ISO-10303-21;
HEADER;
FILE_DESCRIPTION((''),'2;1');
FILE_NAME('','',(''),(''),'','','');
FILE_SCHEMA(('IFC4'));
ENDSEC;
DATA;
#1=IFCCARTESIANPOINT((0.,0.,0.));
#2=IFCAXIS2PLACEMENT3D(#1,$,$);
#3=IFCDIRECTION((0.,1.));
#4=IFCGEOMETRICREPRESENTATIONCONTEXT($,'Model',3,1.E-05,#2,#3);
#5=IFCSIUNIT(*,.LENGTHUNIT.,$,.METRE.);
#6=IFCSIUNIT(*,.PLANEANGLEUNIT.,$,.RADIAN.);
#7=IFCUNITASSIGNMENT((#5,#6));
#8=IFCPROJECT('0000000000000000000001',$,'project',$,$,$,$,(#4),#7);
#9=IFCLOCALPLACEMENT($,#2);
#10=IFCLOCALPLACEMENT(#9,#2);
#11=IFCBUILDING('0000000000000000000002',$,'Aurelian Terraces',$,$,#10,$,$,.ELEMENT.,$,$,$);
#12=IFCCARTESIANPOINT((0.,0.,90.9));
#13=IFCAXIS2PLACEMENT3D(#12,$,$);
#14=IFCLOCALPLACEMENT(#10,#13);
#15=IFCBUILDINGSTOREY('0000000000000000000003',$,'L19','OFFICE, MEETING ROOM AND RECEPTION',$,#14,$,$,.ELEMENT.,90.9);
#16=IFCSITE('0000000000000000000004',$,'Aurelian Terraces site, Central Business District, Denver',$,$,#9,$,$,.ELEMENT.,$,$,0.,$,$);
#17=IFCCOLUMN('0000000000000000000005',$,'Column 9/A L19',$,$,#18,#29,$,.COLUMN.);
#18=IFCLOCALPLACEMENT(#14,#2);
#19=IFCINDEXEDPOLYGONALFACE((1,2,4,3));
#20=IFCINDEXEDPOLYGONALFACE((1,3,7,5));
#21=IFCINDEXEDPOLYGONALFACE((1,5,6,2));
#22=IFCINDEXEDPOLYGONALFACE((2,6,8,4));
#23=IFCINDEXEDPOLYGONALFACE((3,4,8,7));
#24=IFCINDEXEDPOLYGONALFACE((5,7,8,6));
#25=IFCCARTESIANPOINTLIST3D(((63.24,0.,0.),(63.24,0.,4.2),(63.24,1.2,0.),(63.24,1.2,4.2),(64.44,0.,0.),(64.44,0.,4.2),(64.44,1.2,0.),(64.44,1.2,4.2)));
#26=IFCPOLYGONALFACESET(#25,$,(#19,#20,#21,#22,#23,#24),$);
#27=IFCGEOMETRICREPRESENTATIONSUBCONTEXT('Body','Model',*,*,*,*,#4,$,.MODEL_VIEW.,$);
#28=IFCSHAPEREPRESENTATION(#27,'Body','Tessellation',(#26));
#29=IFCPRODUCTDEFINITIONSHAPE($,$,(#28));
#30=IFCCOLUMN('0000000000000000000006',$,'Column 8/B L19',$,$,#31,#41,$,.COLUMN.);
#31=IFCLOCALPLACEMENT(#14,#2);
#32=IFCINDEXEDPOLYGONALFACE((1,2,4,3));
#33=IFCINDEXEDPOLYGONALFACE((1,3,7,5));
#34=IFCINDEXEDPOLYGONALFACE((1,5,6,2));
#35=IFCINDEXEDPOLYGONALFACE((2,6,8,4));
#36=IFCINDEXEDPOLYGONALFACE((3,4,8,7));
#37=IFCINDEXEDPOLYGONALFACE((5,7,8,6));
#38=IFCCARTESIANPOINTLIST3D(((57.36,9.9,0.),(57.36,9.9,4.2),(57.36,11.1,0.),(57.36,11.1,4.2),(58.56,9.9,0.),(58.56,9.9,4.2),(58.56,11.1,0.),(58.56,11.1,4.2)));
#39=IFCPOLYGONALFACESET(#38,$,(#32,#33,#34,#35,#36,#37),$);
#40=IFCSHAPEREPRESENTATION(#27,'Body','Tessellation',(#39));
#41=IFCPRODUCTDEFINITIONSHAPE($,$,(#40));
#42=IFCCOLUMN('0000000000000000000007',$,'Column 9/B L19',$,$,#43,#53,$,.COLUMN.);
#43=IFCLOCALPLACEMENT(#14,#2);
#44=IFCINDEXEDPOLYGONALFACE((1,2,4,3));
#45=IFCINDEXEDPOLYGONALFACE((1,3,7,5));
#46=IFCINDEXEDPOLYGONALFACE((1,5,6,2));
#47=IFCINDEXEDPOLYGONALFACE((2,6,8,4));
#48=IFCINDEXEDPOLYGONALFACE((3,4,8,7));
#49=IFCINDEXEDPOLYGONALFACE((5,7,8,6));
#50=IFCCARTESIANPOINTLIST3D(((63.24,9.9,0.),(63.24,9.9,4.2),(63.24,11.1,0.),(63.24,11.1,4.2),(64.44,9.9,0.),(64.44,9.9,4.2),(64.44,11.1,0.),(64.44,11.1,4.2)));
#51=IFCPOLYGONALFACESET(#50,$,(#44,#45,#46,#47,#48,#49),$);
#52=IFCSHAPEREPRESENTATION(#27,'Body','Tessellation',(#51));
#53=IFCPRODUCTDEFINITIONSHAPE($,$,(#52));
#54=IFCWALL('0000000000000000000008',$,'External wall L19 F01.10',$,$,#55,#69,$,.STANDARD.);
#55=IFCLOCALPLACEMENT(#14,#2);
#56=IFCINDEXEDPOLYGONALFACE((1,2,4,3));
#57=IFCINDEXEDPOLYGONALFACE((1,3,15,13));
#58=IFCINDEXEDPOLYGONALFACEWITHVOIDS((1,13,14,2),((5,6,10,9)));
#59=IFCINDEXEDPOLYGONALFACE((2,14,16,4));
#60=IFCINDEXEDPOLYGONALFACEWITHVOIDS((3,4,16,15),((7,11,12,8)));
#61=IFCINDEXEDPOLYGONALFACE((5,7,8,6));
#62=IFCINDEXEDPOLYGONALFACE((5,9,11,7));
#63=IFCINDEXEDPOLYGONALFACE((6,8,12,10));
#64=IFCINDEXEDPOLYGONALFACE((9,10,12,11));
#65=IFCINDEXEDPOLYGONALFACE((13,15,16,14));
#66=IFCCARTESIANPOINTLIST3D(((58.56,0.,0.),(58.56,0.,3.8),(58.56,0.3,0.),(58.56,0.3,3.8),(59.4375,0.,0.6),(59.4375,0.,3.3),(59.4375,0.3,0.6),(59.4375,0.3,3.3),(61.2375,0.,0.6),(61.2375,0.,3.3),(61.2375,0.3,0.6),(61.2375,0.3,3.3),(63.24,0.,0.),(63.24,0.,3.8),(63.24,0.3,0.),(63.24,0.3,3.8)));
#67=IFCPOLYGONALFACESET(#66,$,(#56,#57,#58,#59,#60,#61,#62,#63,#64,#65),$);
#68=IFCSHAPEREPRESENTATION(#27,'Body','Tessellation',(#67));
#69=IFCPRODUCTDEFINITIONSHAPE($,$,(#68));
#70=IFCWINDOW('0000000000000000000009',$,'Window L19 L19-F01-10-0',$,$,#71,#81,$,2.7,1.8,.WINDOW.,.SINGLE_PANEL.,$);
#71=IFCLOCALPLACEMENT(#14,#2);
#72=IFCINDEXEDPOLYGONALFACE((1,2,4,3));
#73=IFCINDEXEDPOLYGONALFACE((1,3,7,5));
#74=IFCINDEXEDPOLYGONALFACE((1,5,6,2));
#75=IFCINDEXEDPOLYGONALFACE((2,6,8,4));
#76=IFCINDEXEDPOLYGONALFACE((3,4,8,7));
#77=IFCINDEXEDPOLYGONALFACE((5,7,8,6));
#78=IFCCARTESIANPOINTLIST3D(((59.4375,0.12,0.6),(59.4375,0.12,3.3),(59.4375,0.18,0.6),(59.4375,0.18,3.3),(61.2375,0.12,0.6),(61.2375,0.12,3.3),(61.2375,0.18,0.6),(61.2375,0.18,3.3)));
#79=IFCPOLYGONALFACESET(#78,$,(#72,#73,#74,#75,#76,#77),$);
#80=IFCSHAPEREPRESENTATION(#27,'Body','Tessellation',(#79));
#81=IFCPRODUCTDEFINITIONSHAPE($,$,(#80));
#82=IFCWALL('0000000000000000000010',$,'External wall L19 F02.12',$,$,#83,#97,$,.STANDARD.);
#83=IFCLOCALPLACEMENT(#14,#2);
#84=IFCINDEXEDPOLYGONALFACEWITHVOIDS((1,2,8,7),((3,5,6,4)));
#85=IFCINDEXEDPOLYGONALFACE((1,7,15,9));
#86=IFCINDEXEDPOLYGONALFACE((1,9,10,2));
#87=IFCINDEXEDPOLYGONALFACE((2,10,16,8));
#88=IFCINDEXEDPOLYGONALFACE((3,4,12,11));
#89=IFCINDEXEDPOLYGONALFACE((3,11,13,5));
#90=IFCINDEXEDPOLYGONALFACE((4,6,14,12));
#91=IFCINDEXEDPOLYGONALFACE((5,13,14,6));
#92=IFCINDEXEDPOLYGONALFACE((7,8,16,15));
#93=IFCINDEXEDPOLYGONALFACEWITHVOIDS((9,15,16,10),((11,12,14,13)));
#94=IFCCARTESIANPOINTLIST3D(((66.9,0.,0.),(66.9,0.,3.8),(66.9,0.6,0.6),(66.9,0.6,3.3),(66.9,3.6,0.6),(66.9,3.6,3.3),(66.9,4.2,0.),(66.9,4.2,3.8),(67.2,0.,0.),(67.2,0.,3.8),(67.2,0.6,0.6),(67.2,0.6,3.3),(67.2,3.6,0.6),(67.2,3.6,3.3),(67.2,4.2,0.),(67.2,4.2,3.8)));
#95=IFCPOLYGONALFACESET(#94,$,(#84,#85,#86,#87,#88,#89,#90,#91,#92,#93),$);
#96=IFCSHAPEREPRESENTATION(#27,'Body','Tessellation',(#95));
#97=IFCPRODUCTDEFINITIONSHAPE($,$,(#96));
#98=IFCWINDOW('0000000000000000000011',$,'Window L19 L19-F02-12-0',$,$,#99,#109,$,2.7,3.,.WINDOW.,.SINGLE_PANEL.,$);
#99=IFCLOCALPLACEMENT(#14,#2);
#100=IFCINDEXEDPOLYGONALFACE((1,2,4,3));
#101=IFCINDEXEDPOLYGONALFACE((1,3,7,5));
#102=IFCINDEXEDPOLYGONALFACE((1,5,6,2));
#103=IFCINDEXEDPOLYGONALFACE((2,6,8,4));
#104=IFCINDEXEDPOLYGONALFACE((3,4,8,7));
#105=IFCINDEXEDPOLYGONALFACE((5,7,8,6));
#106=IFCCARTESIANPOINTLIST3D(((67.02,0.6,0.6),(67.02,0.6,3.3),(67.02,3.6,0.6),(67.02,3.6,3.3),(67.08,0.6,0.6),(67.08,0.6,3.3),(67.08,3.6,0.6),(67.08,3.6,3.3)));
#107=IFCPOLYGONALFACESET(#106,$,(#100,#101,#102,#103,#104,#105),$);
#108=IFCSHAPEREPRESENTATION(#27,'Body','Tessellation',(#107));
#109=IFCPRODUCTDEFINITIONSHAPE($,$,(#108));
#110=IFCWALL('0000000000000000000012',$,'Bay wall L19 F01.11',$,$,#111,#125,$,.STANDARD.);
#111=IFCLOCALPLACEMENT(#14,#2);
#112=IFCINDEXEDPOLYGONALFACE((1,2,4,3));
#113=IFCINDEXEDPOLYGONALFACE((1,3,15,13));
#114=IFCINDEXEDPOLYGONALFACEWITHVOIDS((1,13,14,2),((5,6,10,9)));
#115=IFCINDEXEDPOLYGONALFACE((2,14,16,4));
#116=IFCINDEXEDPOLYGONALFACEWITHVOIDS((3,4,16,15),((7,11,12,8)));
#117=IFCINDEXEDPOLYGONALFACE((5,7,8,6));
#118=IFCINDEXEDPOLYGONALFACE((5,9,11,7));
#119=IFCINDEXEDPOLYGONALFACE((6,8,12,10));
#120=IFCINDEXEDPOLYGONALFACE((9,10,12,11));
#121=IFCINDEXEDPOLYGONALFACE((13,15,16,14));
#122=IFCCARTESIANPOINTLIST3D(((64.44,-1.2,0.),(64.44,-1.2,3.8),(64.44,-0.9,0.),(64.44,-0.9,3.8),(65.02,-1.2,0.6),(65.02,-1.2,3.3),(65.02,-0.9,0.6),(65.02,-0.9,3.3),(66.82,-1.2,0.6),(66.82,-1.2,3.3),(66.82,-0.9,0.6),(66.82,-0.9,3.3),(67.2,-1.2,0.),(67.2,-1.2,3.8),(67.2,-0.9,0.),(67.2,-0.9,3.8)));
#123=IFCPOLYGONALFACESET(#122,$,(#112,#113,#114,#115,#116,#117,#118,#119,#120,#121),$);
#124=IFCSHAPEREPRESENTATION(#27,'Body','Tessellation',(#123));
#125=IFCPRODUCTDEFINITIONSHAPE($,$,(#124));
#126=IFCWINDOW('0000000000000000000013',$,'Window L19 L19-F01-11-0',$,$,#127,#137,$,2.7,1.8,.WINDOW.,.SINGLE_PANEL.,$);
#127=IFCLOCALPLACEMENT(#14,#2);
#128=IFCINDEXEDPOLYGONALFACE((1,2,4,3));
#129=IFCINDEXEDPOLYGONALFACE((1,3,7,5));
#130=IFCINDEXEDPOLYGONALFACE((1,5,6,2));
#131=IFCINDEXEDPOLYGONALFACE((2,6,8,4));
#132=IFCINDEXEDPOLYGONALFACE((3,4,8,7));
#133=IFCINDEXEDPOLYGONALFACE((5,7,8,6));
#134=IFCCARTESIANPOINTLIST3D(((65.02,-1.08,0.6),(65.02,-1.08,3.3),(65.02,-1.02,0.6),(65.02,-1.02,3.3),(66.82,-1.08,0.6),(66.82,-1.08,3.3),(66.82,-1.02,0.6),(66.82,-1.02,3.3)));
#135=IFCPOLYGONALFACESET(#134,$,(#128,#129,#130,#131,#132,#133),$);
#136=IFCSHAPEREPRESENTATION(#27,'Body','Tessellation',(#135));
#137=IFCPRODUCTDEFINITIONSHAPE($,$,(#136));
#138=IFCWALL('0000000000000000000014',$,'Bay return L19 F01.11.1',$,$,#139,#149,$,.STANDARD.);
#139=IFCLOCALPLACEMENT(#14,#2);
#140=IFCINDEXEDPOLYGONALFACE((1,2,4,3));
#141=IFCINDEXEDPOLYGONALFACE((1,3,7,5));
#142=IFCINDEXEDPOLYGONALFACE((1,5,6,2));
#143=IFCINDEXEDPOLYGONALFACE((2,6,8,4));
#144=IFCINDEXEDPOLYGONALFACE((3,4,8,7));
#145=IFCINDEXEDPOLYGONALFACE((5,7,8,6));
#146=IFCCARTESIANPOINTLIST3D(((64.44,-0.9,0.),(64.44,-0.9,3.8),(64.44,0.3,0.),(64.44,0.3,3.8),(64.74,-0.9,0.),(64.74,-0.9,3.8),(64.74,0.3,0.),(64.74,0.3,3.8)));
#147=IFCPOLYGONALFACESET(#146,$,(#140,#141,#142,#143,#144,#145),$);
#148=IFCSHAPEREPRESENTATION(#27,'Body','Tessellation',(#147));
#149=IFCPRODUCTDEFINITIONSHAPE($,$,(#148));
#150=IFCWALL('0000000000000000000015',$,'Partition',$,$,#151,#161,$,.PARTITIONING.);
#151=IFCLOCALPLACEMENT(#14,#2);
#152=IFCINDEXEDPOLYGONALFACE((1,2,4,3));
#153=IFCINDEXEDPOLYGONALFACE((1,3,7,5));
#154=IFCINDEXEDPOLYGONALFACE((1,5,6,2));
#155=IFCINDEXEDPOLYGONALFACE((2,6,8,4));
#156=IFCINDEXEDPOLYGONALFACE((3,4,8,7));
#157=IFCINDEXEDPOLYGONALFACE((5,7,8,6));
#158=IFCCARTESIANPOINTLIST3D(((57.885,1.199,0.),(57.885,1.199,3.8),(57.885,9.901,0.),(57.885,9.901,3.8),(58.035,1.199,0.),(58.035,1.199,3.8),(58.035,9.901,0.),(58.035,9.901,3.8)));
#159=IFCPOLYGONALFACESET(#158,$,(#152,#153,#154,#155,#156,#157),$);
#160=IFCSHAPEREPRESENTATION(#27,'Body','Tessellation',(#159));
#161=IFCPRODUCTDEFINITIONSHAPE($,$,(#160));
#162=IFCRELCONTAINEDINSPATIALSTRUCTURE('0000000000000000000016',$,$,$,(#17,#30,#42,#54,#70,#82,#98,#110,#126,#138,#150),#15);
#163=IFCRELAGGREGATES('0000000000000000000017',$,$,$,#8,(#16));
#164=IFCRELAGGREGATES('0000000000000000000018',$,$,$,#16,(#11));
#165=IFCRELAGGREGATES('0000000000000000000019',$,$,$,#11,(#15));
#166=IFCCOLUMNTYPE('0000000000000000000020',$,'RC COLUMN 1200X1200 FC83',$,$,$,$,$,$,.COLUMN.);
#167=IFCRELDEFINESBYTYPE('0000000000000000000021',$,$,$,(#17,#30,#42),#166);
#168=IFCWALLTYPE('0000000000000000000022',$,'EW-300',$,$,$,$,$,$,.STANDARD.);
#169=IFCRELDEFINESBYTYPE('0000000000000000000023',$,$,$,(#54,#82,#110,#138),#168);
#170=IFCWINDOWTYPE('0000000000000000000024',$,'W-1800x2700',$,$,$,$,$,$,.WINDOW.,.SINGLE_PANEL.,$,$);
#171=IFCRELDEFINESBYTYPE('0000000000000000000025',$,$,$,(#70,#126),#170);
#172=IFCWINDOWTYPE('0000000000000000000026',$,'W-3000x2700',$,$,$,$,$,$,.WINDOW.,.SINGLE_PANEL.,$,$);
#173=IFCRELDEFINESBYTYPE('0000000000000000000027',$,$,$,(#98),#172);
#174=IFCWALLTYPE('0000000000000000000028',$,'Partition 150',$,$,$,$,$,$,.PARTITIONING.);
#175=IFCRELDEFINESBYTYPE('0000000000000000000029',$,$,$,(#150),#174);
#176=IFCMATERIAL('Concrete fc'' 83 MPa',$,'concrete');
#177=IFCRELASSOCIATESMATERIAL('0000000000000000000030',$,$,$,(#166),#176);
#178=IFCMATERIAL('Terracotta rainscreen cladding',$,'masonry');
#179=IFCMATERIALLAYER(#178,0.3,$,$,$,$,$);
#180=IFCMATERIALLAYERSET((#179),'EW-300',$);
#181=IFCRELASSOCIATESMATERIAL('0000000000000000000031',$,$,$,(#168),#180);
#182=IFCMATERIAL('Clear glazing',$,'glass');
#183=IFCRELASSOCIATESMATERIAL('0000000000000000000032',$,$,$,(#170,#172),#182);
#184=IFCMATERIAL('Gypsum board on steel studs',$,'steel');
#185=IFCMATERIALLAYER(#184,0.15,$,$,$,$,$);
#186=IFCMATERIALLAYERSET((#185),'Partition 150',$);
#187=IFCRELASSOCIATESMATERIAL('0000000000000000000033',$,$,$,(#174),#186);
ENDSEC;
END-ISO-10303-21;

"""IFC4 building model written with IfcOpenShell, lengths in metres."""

from ifc_helpers import new_model, si_unit, direction, frame, frame_2d, origin, origin_2d, place, context, subcontext, project, spatial, rectangle, extrude, source, transform, mapped, material, layer, layer_set, material_profile, profile_set, type_object, element, fill, save


model = new_model("IFC4")

# Units and contexts
model_context = context("Model", 3, precision=1e-05, world=origin(), true_north=direction((0.0, 1.0)))
body_context = subcontext(model_context, "Body", "Model", "MODEL_VIEW")
ifc_project = project(units=[si_unit("LENGTHUNIT", "METRE"), si_unit("PLANEANGLEUNIT", "RADIAN")], contexts=[model_context])

# Site, building, storey
site_placement = place(None, origin())
site = spatial("IfcSite", under=ifc_project, at=site_placement, Name="Aurelian Terraces site, Central Business District, Denver", CompositionType="ELEMENT", RefElevation=0.0)
building_placement = place(site_placement, origin())
building = spatial("IfcBuilding", under=site, at=building_placement, Name="Aurelian Terraces", CompositionType="ELEMENT")
storey_placement = place(building_placement, frame((0.0, 0.0, 90.9)))
storey = spatial("IfcBuildingStorey", under=building, at=storey_placement, Name="L19", Description="OFFICE, MEETING ROOM AND RECEPTION", CompositionType="ELEMENT", Elevation=90.9)

# Columns
ifc_material_1 = material(Name="Concrete fc' 83 MPa", Category="concrete")
ifc_material_profile = material_profile(ifc_material_1, rectangle(XDim=1.2, YDim=1.2, at=origin_2d()))
ifc_profile_set = profile_set([ifc_material_profile], Name="Concrete fc' 83 MPa")
column_type = type_object("IfcColumnType", Name="RC COLUMN 1200X1200 FC83", PredefinedType="COLUMN", material=ifc_profile_set)
shared_shape_1 = source(origin(), body_context, "Body", "SweptSolid", [
    extrude(rectangle(XDim=1.2, YDim=1.2, at=origin_2d()), origin(), (0.0, 0.0, 1.0), 4.2),
])
for number, where, z_axis, x_axis, name in (
    (1, (63.84, 0.6, 0.0), (0.0, 0.0, 1.0), (1.0, 0.0, 0.0), "Column 9/A L19"),
    (2, (57.96, 10.5, 0.0), (0.0, 0.0, 1.0), (1.0, 0.0, 0.0), "Column 8/B L19"),
    (3, (63.84, 10.5, 0.0), (0.0, 0.0, 1.0), (1.0, 0.0, 0.0), "Column 9/B L19"),
):
    element("IfcColumn", number, at=place(storey_placement, frame(where, z_axis=z_axis, x_axis=x_axis)), inside=storey, type_object=column_type, Name=name, PredefinedType="COLUMN", context=body_context, shape_type="MappedRepresentation", body=[
        mapped(shared_shape_1, transform((0.0, 0.0, 0.0), scale=1.0)),
    ])

# Walls, openings, windows
ifc_material_2 = material(Name="Terracotta rainscreen cladding", Category="masonry")
ifc_layer_1 = layer(ifc_material_2, 0.3)
ifc_layer_set_1 = layer_set([ifc_layer_1], Name="EW-300")
wall_type_1 = type_object("IfcWallType", Name="EW-300", PredefinedType="STANDARD", material=ifc_layer_set_1)
shared_shape_2 = source(origin(), body_context, "Body", "SweptSolid", [
    extrude(rectangle(XDim=4.68, YDim=0.3, at=frame_2d((2.34, 0.0))), origin(), (0.0, 0.0, 1.0), 3.8),
])
wall_1_placement = place(storey_placement, frame((58.56, 0.15, 0.0), z_axis=(0.0, 0.0, 1.0), x_axis=(1.0, 0.0, 0.0)))
wall_1 = element("IfcWall", 4, at=wall_1_placement, inside=storey, type_object=wall_type_1, Name="External wall L19 F01.10", PredefinedType="STANDARD", context=body_context, shape_type="MappedRepresentation", body=[
    mapped(shared_shape_2, transform((0.0, 0.0, 0.0), scale=1.0)),
])
shared_shape_3 = source(origin(), body_context, "Body", "SweptSolid", [
    extrude(rectangle(XDim=1.8, YDim=2.7, at=frame_2d((0.9, 1.35))), frame((0.0, 0.16, 0.0), z_axis=(0.0, -1.0, 0.0), x_axis=(1.0, 0.0, 0.0)), (0.0, 0.0, 1.0), 0.32),
])
opening_1_placement = place(wall_1_placement, frame((0.8775, 0.0, 0.6)))
opening_1 = element("IfcOpeningElement", 5, at=opening_1_placement, cuts=wall_1, PredefinedType="OPENING", context=body_context, shape_type="MappedRepresentation", body=[
    mapped(shared_shape_3, transform((0.0, 0.0, 0.0), scale=1.0)),
])
ifc_material_3 = material(Name="Clear glazing", Category="glass")
window_type_1 = type_object("IfcWindowType", Name="W-1800x2700", PartitioningType="SINGLE_PANEL", PredefinedType="WINDOW", material=ifc_material_3)
shared_shape_4 = source(origin(), body_context, "Body", "SweptSolid", [
    extrude(rectangle(XDim=1.8, YDim=2.7, at=frame_2d((0.9, 1.35))), frame((0.0, 0.03, 0.0), z_axis=(0.0, -1.0, 0.0), x_axis=(1.0, 0.0, 0.0)), (0.0, 0.0, 1.0), 0.06),
])
window_1_placement = place(opening_1_placement, origin())
window_1 = element("IfcWindow", 6, at=window_1_placement, inside=storey, type_object=window_type_1, Name="Window L19 L19-F01-10-0", OverallHeight=2.7, OverallWidth=1.8, PartitioningType="SINGLE_PANEL", PredefinedType="WINDOW", context=body_context, shape_type="MappedRepresentation", body=[
    mapped(shared_shape_4, transform((0.0, 0.0, 0.0), scale=1.0)),
])
fill(opening_1, window_1)
shared_shape_5 = source(origin(), body_context, "Body", "SweptSolid", [
    extrude(rectangle(XDim=4.2, YDim=0.3, at=frame_2d((2.1, 0.0))), origin(), (0.0, 0.0, 1.0), 3.8),
])
wall_2_placement = place(storey_placement, frame((67.05, 0.0, 0.0), z_axis=(0.0, 0.0, 1.0), x_axis=(0.0, 1.0, 0.0)))
wall_2 = element("IfcWall", 7, at=wall_2_placement, inside=storey, type_object=wall_type_1, Name="External wall L19 F02.12", PredefinedType="STANDARD", context=body_context, shape_type="MappedRepresentation", body=[
    mapped(shared_shape_5, transform((0.0, 0.0, 0.0), scale=1.0)),
])
shared_shape_6 = source(origin(), body_context, "Body", "SweptSolid", [
    extrude(rectangle(XDim=3.0, YDim=2.7, at=frame_2d((1.5, 1.35))), frame((0.0, 0.16, 0.0), z_axis=(0.0, -1.0, 0.0), x_axis=(1.0, 0.0, 0.0)), (0.0, 0.0, 1.0), 0.32),
])
opening_2_placement = place(wall_2_placement, frame((0.6, 0.0, 0.6)))
opening_2 = element("IfcOpeningElement", 8, at=opening_2_placement, cuts=wall_2, PredefinedType="OPENING", context=body_context, shape_type="MappedRepresentation", body=[
    mapped(shared_shape_6, transform((0.0, 0.0, 0.0), scale=1.0)),
])
window_type_2 = type_object("IfcWindowType", Name="W-3000x2700", PartitioningType="SINGLE_PANEL", PredefinedType="WINDOW", material=ifc_material_3)
shared_shape_7 = source(origin(), body_context, "Body", "SweptSolid", [
    extrude(rectangle(XDim=3.0, YDim=2.7, at=frame_2d((1.5, 1.35))), frame((0.0, 0.03, 0.0), z_axis=(0.0, -1.0, 0.0), x_axis=(1.0, 0.0, 0.0)), (0.0, 0.0, 1.0), 0.06),
])
window_2_placement = place(opening_2_placement, origin())
window_2 = element("IfcWindow", 9, at=window_2_placement, inside=storey, type_object=window_type_2, Name="Window L19 L19-F02-12-0", OverallHeight=2.7, OverallWidth=3.0, PartitioningType="SINGLE_PANEL", PredefinedType="WINDOW", context=body_context, shape_type="MappedRepresentation", body=[
    mapped(shared_shape_7, transform((0.0, 0.0, 0.0), scale=1.0)),
])
fill(opening_2, window_2)
shared_shape_8 = source(origin(), body_context, "Body", "SweptSolid", [
    extrude(rectangle(XDim=2.76, YDim=0.3, at=frame_2d((1.38, 0.0))), origin(), (0.0, 0.0, 1.0), 3.8),
])
wall_3_placement = place(storey_placement, frame((64.44, -1.05, 0.0), z_axis=(0.0, 0.0, 1.0), x_axis=(1.0, 0.0, 0.0)))
wall_3 = element("IfcWall", 10, at=wall_3_placement, inside=storey, type_object=wall_type_1, Name="Bay wall L19 F01.11", PredefinedType="STANDARD", context=body_context, shape_type="MappedRepresentation", body=[
    mapped(shared_shape_8, transform((0.0, 0.0, 0.0), scale=1.0)),
])
opening_3_placement = place(wall_3_placement, frame((0.58, 0.0, 0.6)))
opening_3 = element("IfcOpeningElement", 11, at=opening_3_placement, cuts=wall_3, PredefinedType="OPENING", context=body_context, shape_type="MappedRepresentation", body=[
    mapped(shared_shape_3, transform((0.0, 0.0, 0.0), scale=1.0)),
])
window_3_placement = place(opening_3_placement, origin())
window_3 = element("IfcWindow", 12, at=window_3_placement, inside=storey, type_object=window_type_1, Name="Window L19 L19-F01-11-0", OverallHeight=2.7, OverallWidth=1.8, PartitioningType="SINGLE_PANEL", PredefinedType="WINDOW", context=body_context, shape_type="MappedRepresentation", body=[
    mapped(shared_shape_4, transform((0.0, 0.0, 0.0), scale=1.0)),
])
fill(opening_3, window_3)

# Walls
shared_shape_9 = source(origin(), body_context, "Body", "SweptSolid", [
    extrude(rectangle(XDim=1.2, YDim=0.3, at=frame_2d((0.6, 0.0))), origin(), (0.0, 0.0, 1.0), 3.8),
])
wall_4_placement = place(storey_placement, frame((64.59, 0.3, 0.0), z_axis=(0.0, 0.0, 1.0), x_axis=(0.0, -1.0, 0.0)))
element("IfcWall", 13, at=wall_4_placement, inside=storey, type_object=wall_type_1, Name="Bay return L19 F01.11.1", PredefinedType="STANDARD", context=body_context, shape_type="MappedRepresentation", body=[
    mapped(shared_shape_9, transform((0.0, 0.0, 0.0), scale=1.0)),
])
ifc_material_4 = material(Name="Gypsum board on steel studs", Category="steel")
ifc_layer_2 = layer(ifc_material_4, 0.15)
ifc_layer_set_2 = layer_set([ifc_layer_2], Name="Partition 150")
wall_type_2 = type_object("IfcWallType", Name="Partition 150", PredefinedType="PARTITIONING", material=ifc_layer_set_2)
shared_shape_10 = source(origin(), body_context, "Body", "SweptSolid", [
    extrude(rectangle(XDim=8.702, YDim=0.15, at=frame_2d((4.351, 0.0))), origin(), (0.0, 0.0, 1.0), 3.8),
])
wall_5_placement = place(storey_placement, frame((57.96, 1.199, 0.0), z_axis=(0.0, 0.0, 1.0), x_axis=(0.0, 1.0, 0.0)))
element("IfcWall", 14, at=wall_5_placement, inside=storey, type_object=wall_type_2, Name="Partition", PredefinedType="PARTITIONING", context=body_context, shape_type="MappedRepresentation", body=[
    mapped(shared_shape_10, transform((0.0, 0.0, 0.0), scale=1.0)),
])

save(model, "model.ifc")
